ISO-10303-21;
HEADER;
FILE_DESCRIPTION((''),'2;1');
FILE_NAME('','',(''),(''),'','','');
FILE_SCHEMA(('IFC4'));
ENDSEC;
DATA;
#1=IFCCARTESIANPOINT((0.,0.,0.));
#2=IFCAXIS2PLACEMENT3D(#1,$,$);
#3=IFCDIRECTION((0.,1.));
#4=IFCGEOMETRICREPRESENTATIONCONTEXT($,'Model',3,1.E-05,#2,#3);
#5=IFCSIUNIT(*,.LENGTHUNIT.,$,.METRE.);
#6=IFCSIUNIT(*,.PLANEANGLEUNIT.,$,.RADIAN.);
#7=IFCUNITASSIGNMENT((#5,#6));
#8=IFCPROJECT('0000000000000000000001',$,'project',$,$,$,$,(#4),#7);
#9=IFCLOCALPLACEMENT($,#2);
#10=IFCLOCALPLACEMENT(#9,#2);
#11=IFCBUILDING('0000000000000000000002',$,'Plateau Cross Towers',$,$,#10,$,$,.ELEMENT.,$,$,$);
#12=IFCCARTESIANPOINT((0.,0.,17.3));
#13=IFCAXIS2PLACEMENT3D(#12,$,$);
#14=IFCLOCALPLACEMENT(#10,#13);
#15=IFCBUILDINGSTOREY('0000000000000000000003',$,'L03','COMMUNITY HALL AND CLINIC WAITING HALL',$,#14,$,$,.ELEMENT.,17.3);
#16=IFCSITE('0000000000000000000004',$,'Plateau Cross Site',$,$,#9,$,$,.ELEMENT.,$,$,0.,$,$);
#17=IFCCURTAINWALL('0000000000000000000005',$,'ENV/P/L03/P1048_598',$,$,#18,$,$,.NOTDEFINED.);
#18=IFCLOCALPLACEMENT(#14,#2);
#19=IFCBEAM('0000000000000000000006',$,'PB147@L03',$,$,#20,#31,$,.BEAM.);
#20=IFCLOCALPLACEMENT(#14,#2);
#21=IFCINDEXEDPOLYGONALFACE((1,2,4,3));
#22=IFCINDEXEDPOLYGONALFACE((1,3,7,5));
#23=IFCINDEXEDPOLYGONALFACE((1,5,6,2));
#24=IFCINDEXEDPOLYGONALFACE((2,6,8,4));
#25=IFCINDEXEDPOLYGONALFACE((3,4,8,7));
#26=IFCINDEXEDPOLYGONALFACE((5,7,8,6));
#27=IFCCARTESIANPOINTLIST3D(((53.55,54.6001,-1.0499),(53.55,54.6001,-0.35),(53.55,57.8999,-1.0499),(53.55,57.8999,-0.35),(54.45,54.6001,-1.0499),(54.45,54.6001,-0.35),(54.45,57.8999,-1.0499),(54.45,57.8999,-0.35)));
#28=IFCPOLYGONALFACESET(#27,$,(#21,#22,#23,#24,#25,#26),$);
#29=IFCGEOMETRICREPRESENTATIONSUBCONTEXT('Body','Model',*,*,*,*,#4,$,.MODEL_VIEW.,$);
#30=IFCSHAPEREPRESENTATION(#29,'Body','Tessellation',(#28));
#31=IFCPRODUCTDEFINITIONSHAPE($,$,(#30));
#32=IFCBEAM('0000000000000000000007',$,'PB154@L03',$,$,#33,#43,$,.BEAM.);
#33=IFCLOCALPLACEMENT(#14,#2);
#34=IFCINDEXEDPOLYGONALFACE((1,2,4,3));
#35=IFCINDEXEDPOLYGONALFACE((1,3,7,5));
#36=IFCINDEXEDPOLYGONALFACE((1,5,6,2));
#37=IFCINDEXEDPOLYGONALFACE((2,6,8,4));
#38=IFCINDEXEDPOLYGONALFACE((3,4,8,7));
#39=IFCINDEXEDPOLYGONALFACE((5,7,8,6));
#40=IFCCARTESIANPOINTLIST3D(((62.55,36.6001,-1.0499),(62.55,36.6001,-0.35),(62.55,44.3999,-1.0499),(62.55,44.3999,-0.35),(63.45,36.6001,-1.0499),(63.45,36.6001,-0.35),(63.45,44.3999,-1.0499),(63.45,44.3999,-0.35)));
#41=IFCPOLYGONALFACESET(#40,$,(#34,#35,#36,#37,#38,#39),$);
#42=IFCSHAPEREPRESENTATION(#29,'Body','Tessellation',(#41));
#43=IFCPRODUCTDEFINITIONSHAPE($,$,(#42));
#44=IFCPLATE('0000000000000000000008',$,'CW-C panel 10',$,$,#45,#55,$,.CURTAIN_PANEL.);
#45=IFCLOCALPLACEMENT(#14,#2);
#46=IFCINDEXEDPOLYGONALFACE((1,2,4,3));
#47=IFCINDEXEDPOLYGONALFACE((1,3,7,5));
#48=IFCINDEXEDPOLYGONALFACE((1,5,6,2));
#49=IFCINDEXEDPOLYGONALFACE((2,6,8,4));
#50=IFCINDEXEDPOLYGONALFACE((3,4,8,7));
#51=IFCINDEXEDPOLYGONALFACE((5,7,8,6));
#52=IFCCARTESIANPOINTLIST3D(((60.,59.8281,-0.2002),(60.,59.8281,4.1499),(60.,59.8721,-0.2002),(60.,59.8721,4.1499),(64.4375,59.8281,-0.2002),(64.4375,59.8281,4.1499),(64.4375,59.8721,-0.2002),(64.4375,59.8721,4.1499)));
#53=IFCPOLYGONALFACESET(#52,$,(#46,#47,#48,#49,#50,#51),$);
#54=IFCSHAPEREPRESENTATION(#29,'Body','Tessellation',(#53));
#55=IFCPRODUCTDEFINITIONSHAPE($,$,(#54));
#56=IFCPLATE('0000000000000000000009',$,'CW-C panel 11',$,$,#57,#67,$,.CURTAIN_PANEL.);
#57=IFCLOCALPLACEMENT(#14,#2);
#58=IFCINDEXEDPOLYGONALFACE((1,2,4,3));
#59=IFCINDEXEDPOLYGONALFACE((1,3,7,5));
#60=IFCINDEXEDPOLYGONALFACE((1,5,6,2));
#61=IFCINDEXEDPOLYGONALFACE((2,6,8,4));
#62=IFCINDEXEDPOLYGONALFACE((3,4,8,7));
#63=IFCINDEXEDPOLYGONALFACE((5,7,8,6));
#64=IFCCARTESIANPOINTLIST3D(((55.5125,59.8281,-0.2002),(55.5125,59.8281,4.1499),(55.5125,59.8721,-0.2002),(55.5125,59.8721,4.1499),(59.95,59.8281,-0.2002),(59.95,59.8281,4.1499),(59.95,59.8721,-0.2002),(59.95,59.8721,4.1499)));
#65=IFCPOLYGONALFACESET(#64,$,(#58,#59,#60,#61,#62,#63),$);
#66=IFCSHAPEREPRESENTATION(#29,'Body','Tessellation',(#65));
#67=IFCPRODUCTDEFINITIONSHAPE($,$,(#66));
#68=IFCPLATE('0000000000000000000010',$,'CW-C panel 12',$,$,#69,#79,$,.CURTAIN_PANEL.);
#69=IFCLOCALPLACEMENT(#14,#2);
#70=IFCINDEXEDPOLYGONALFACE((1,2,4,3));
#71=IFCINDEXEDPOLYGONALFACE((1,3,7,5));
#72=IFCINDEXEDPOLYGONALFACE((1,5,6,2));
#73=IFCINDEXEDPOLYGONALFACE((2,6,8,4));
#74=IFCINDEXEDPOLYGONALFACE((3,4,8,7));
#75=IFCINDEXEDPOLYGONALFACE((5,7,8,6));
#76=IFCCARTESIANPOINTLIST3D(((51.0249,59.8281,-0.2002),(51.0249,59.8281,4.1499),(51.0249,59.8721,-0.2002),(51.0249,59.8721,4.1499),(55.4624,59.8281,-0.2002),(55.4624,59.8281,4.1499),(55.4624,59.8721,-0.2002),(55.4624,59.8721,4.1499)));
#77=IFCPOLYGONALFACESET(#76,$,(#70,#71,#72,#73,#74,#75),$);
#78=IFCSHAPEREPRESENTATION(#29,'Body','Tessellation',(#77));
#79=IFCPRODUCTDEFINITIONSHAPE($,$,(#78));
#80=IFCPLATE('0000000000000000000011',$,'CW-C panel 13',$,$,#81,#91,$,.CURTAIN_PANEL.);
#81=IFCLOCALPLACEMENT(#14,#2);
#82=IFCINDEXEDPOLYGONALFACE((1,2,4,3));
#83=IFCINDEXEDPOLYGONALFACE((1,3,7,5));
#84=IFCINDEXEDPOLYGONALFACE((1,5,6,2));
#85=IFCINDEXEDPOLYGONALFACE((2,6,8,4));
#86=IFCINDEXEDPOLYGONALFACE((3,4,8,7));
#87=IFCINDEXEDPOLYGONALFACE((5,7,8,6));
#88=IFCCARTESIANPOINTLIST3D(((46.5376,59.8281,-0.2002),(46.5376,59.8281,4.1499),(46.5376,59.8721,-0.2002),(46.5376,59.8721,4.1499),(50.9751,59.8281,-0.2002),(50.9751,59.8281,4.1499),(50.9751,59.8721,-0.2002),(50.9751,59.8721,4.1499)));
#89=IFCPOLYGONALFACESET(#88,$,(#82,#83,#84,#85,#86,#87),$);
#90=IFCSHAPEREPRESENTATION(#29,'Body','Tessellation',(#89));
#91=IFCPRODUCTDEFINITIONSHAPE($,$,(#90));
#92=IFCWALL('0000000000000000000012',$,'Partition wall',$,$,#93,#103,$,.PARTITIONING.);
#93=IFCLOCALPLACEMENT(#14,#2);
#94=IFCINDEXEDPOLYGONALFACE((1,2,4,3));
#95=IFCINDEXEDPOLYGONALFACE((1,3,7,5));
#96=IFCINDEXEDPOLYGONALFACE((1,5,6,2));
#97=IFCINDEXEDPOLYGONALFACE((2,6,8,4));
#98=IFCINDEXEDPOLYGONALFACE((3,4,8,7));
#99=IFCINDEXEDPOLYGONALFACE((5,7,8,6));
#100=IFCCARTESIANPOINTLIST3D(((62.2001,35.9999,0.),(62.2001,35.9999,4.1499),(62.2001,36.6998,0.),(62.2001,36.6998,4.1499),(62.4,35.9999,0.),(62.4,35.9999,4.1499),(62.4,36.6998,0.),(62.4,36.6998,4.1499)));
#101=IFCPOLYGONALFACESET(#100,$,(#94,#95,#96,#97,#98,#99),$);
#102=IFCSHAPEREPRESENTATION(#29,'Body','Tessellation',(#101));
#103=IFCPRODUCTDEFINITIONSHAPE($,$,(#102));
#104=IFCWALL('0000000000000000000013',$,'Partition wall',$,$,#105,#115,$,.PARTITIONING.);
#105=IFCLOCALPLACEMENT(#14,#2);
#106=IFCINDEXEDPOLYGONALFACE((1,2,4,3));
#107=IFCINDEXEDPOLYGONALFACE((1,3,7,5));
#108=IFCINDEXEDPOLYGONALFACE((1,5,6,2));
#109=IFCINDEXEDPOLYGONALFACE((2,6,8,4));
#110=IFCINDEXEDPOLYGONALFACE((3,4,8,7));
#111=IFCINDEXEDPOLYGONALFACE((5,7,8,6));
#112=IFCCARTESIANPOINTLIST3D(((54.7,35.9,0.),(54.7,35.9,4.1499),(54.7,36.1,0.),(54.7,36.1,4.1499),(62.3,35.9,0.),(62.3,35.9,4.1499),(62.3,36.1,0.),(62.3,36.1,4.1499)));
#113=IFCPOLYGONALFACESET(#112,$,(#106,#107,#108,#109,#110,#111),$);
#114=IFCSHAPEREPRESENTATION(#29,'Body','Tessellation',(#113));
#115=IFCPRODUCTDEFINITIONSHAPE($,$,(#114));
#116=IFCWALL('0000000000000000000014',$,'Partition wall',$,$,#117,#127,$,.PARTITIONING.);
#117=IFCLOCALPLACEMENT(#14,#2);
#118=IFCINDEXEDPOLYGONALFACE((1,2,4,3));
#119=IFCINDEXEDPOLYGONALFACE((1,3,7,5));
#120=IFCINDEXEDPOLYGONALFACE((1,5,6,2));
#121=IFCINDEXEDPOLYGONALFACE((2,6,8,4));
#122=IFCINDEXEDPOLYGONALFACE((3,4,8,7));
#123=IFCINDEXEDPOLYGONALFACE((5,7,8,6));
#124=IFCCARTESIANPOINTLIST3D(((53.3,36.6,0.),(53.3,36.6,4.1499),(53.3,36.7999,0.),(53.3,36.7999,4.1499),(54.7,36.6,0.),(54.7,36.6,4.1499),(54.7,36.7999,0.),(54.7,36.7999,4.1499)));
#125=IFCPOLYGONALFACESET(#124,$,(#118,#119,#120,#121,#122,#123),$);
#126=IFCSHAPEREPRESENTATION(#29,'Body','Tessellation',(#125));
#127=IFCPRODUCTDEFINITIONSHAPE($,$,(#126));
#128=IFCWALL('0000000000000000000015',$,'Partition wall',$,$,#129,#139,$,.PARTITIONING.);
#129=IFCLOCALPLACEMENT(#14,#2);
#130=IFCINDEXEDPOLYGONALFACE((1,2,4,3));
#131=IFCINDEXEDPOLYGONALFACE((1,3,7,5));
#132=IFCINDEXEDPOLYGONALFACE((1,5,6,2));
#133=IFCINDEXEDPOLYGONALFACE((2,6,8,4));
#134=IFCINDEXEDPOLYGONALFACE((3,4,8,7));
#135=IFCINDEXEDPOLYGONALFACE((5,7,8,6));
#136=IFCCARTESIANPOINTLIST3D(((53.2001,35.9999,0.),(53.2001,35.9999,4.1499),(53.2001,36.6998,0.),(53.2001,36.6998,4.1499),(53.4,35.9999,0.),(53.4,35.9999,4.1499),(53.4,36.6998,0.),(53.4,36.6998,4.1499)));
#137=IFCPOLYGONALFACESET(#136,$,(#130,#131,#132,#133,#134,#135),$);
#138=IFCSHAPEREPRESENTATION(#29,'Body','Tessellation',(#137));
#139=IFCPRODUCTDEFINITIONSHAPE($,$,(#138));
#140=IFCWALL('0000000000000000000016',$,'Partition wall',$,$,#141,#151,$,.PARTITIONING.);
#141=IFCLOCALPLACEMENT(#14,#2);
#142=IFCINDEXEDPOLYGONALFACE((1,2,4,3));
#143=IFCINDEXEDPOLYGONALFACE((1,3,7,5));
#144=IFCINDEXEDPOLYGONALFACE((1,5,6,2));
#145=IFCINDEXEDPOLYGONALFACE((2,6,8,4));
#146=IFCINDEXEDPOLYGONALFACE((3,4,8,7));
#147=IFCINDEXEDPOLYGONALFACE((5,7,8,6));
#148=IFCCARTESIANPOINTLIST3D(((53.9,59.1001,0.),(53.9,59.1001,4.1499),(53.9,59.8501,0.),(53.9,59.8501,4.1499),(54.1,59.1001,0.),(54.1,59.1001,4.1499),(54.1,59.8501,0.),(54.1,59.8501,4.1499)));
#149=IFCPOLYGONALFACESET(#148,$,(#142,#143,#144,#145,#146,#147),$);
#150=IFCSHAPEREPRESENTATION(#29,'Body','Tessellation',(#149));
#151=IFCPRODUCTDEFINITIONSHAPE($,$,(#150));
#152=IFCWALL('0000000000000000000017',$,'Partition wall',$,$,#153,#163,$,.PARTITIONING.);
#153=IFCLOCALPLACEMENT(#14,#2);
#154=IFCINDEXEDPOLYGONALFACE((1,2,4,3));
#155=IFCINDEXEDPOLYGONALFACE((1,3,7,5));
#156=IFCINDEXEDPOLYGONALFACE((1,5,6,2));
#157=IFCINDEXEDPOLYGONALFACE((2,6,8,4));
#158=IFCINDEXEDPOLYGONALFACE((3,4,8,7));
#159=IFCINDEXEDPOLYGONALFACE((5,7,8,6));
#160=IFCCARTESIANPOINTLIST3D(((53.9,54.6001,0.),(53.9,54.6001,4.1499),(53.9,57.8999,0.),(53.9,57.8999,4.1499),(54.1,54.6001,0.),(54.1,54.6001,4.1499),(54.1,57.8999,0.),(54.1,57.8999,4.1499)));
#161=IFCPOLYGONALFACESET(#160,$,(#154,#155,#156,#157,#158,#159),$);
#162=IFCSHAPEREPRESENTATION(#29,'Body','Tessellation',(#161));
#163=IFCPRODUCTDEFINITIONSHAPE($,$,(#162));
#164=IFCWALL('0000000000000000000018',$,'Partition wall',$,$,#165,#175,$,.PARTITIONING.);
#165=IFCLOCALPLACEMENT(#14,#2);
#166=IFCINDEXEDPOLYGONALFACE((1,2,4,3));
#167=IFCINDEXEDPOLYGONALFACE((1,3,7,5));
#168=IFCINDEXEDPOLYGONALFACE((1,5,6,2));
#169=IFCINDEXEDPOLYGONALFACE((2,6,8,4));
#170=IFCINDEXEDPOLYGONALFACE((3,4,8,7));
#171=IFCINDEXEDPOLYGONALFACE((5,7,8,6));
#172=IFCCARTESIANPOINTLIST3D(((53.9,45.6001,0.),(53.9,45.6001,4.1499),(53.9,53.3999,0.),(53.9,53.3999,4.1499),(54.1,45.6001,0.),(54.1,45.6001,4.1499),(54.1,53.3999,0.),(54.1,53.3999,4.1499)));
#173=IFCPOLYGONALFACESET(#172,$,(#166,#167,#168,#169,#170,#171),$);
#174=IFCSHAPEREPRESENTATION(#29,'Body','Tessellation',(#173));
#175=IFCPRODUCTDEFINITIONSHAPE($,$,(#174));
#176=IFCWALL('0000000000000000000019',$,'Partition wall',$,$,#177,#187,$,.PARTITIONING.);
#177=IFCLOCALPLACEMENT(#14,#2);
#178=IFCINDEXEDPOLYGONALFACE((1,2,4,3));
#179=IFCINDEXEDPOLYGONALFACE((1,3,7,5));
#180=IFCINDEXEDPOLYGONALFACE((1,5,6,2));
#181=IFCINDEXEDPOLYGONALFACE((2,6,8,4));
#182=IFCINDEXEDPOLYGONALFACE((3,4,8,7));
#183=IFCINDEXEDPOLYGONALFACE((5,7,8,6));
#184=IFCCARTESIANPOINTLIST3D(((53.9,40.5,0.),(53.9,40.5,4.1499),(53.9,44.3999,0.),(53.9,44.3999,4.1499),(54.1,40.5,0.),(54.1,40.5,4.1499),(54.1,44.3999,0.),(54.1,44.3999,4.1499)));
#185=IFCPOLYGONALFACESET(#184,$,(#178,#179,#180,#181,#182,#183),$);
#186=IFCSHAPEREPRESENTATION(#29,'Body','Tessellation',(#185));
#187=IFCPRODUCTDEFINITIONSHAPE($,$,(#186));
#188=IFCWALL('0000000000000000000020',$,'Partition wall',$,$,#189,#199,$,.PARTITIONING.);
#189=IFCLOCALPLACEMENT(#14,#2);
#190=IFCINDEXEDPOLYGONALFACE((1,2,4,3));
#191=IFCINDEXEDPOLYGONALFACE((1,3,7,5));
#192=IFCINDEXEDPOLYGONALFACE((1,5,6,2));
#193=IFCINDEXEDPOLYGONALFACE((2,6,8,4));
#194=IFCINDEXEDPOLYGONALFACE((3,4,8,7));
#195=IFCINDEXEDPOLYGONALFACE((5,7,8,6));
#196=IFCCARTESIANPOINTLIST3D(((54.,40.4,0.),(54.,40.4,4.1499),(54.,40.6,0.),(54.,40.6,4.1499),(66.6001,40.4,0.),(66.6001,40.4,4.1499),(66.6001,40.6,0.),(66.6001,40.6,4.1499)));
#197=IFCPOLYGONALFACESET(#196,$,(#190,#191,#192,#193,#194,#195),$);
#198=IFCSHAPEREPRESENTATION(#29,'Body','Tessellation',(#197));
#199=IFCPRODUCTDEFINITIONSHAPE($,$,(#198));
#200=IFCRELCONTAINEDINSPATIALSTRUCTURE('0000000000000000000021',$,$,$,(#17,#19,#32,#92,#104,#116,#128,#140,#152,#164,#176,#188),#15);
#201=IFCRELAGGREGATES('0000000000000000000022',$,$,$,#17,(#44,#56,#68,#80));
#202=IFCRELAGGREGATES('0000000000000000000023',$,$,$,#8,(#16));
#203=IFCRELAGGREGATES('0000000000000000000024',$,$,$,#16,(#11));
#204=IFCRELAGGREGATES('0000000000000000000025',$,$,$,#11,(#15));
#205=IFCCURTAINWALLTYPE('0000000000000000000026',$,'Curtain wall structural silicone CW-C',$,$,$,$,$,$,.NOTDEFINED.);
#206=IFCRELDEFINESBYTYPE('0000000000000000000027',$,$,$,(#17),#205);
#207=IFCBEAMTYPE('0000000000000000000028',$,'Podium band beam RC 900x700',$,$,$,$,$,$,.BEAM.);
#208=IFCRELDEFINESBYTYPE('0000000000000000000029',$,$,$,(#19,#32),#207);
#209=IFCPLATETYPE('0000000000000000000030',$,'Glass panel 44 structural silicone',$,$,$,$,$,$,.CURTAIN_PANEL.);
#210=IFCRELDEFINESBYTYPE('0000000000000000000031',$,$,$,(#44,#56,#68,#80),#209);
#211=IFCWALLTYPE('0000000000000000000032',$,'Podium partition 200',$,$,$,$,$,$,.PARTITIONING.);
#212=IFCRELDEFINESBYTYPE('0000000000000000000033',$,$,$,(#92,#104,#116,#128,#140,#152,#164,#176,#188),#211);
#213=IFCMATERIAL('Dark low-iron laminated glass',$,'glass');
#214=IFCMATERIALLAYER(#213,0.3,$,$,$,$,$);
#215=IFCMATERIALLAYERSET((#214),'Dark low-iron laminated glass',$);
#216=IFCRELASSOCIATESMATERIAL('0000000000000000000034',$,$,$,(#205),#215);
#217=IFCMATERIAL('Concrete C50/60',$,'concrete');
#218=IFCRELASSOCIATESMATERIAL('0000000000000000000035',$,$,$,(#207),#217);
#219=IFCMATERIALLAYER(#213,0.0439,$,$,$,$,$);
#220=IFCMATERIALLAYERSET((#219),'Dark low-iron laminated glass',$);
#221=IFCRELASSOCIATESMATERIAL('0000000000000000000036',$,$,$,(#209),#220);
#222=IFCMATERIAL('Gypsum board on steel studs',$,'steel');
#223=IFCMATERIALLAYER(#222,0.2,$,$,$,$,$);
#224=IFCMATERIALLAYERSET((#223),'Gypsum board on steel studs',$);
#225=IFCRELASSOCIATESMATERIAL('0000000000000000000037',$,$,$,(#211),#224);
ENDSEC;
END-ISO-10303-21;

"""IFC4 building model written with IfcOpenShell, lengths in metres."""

from ifc_helpers import new_model, si_unit, direction, frame, frame_2d, origin, origin_2d, place, context, subcontext, project, spatial, rectangle, extrude, material, layer, layer_set, material_profile, profile_set, type_object, element, aggregate, save


model = new_model("IFC4")

# Units and contexts
model_context = context("Model", 3, precision=1e-05, world=origin(), true_north=direction((0.0, 1.0)))
body_context = subcontext(model_context, "Body", "Model", "MODEL_VIEW")
ifc_project = project(units=[si_unit("LENGTHUNIT", "METRE"), si_unit("PLANEANGLEUNIT", "RADIAN")], contexts=[model_context])

# Site, building, storey
site_placement = place(None, origin())
site = spatial("IfcSite", under=ifc_project, at=site_placement, Name="Plateau Cross Site", CompositionType="ELEMENT", RefElevation=0.0)
building_placement = place(site_placement, origin())
building = spatial("IfcBuilding", under=site, at=building_placement, Name="Plateau Cross Towers", CompositionType="ELEMENT")
storey_placement = place(building_placement, frame((0.0, 0.0, 17.3)))
storey = spatial("IfcBuildingStorey", under=building, at=storey_placement, Name="L03", Description="COMMUNITY HALL AND CLINIC WAITING HALL", CompositionType="ELEMENT", Elevation=17.3)

# Curtain wall
ifc_material_1 = material(Name="Dark low-iron laminated glass", Category="glass")
ifc_layer_1 = layer(ifc_material_1, 0.3)
ifc_layer_set_1 = layer_set([ifc_layer_1], Name="Dark low-iron laminated glass")
curtain_wall_type = type_object("IfcCurtainWallType", Name="Curtain wall structural silicone CW-C", PredefinedType="NOTDEFINED", material=ifc_layer_set_1)
curtain_wall_placement = place(storey_placement, origin())
curtain_wall = element("IfcCurtainWall", 1, at=curtain_wall_placement, inside=storey, type_object=curtain_wall_type, Name="ENV/P/L03/P1048_598", PredefinedType="NOTDEFINED")

# Beams
ifc_material_2 = material(Name="Concrete C50/60", Category="concrete")
ifc_material_profile_1 = material_profile(ifc_material_2, rectangle(XDim=0.8999, YDim=0.7, at=origin_2d()), Name="RC 900x700")
ifc_profile_set_1 = profile_set([ifc_material_profile_1], Name="Concrete C50/60")
beam_type = type_object("IfcBeamType", Name="Podium band beam RC 900x700", PredefinedType="BEAM", material=ifc_profile_set_1)
beam_1_placement = place(storey_placement, frame((54.0, 54.6001, -0.7), z_axis=(0.0, 1.0, 0.0), x_axis=(-1.0, 0.0, 0.0)))
element("IfcBeam", 2, at=beam_1_placement, inside=storey, type_object=beam_type, Name="PB147@L03", PredefinedType="BEAM", context=body_context, shape_type="SweptSolid", body=[
    extrude(rectangle(XDim=0.8999, YDim=0.7, at=origin_2d()), origin(), (0.0, 0.0, 1.0), 3.2998),
])
beam_2_placement = place(storey_placement, frame((63.0, 36.6001, -0.7), z_axis=(0.0, 1.0, 0.0), x_axis=(-1.0, 0.0, 0.0)))
element("IfcBeam", 3, at=beam_2_placement, inside=storey, type_object=beam_type, Name="PB154@L03", PredefinedType="BEAM", context=body_context, shape_type="SweptSolid", body=[
    extrude(rectangle(XDim=0.8999, YDim=0.7, at=origin_2d()), origin(), (0.0, 0.0, 1.0), 7.7998),
])

# Plates
ifc_layer_2 = layer(ifc_material_1, 0.0439)
ifc_layer_set_2 = layer_set([ifc_layer_2], Name="Dark low-iron laminated glass")
plate_type = type_object("IfcPlateType", Name="Glass panel 44 structural silicone", PredefinedType="CURTAIN_PANEL", material=ifc_layer_set_2)
plate_1_placement = place(storey_placement, frame((62.2188, 59.8501, -0.2002), z_axis=(0.0, 0.0, 1.0), x_axis=(-1.0, 0.0, 0.0)))
plate_1 = element("IfcPlate", 4, at=plate_1_placement, type_object=plate_type, Name="CW-C panel 10", PredefinedType="CURTAIN_PANEL", context=body_context, shape_type="SweptSolid", body=[
    extrude(rectangle(XDim=4.4375, YDim=0.0439, at=origin_2d()), origin(), (0.0, 0.0, 1.0), 4.3501),
])
plate_2_placement = place(storey_placement, frame((57.7312, 59.8501, -0.2002), z_axis=(0.0, 0.0, 1.0), x_axis=(-1.0, 0.0, 0.0)))
plate_2 = element("IfcPlate", 5, at=plate_2_placement, type_object=plate_type, Name="CW-C panel 11", PredefinedType="CURTAIN_PANEL", context=body_context, shape_type="SweptSolid", body=[
    extrude(rectangle(XDim=4.4375, YDim=0.0439, at=origin_2d()), origin(), (0.0, 0.0, 1.0), 4.3501),
])
plate_3_placement = place(storey_placement, frame((53.2437, 59.8501, -0.2002), z_axis=(0.0, 0.0, 1.0), x_axis=(-1.0, 0.0, 0.0)))
plate_3 = element("IfcPlate", 6, at=plate_3_placement, type_object=plate_type, Name="CW-C panel 12", PredefinedType="CURTAIN_PANEL", context=body_context, shape_type="SweptSolid", body=[
    extrude(rectangle(XDim=4.4375, YDim=0.0439, at=origin_2d()), origin(), (0.0, 0.0, 1.0), 4.3501),
])
plate_4_placement = place(storey_placement, frame((48.7563, 59.8501, -0.2002), z_axis=(0.0, 0.0, 1.0), x_axis=(-1.0, 0.0, 0.0)))
plate_4 = element("IfcPlate", 7, at=plate_4_placement, type_object=plate_type, Name="CW-C panel 13", PredefinedType="CURTAIN_PANEL", context=body_context, shape_type="SweptSolid", body=[
    extrude(rectangle(XDim=4.4375, YDim=0.0439, at=origin_2d()), origin(), (0.0, 0.0, 1.0), 4.3501),
])
aggregate(curtain_wall, [plate_1, plate_2, plate_3, plate_4])

# Walls
ifc_material_3 = material(Name="Gypsum board on steel studs", Category="steel")
ifc_layer_3 = layer(ifc_material_3, 0.2)
ifc_layer_set_3 = layer_set([ifc_layer_3], Name="Gypsum board on steel studs")
wall_type = type_object("IfcWallType", Name="Podium partition 200", PredefinedType="PARTITIONING", material=ifc_layer_set_3)
wall_1_placement = place(storey_placement, frame((62.3, 36.7, 0.0), z_axis=(0.0, 0.0, 1.0), x_axis=(0.0, -1.0, 0.0)))
element("IfcWall", 8, at=wall_1_placement, inside=storey, type_object=wall_type, Name="Partition wall", PredefinedType="PARTITIONING", context=body_context, shape_type="SweptSolid", body=[
    extrude(rectangle(XDim=0.7, YDim=0.2, at=frame_2d((0.3501, 0.0))), origin(), (0.0, 0.0, 1.0), 4.1499),
])
wall_2_placement = place(storey_placement, frame((62.3, 36.0, 0.0), z_axis=(0.0, 0.0, 1.0), x_axis=(-1.0, 0.0, 0.0)))
element("IfcWall", 9, at=wall_2_placement, inside=storey, type_object=wall_type, Name="Partition wall", PredefinedType="PARTITIONING", context=body_context, shape_type="SweptSolid", body=[
    extrude(rectangle(XDim=7.6001, YDim=0.2, at=frame_2d((3.8, 0.0))), origin(), (0.0, 0.0, 1.0), 4.1499),
])
wall_3_placement = place(storey_placement, frame((54.7, 36.7, 0.0), z_axis=(0.0, 0.0, 1.0), x_axis=(-1.0, 0.0, 0.0)))
element("IfcWall", 10, at=wall_3_placement, inside=storey, type_object=wall_type, Name="Partition wall", PredefinedType="PARTITIONING", context=body_context, shape_type="SweptSolid", body=[
    extrude(rectangle(XDim=1.3999, YDim=0.2, at=frame_2d((0.7, 0.0))), origin(), (0.0, 0.0, 1.0), 4.1499),
])
wall_4_placement = place(storey_placement, frame((53.3, 36.7, 0.0), z_axis=(0.0, 0.0, 1.0), x_axis=(0.0, -1.0, 0.0)))
element("IfcWall", 11, at=wall_4_placement, inside=storey, type_object=wall_type, Name="Partition wall", PredefinedType="PARTITIONING", context=body_context, shape_type="SweptSolid", body=[
    extrude(rectangle(XDim=0.7, YDim=0.2, at=frame_2d((0.3501, 0.0))), origin(), (0.0, 0.0, 1.0), 4.1499),
])
wall_5_placement = place(storey_placement, frame((54.0, 59.8501, 0.0), z_axis=(0.0, 0.0, 1.0), x_axis=(0.0, -1.0, 0.0)))
element("IfcWall", 12, at=wall_5_placement, inside=storey, type_object=wall_type, Name="Partition wall", PredefinedType="PARTITIONING", context=body_context, shape_type="SweptSolid", body=[
    extrude(rectangle(XDim=0.75, YDim=0.2, at=frame_2d((0.375, 0.0))), origin(), (0.0, 0.0, 1.0), 4.1499),
])
wall_6_placement = place(storey_placement, frame((54.0, 57.8999, 0.0), z_axis=(0.0, 0.0, 1.0), x_axis=(0.0, -1.0, 0.0)))
element("IfcWall", 13, at=wall_6_placement, inside=storey, type_object=wall_type, Name="Partition wall", PredefinedType="PARTITIONING", context=body_context, shape_type="SweptSolid", body=[
    extrude(rectangle(XDim=3.2998, YDim=0.2, at=frame_2d((1.6499, 0.0))), origin(), (0.0, 0.0, 1.0), 4.1499),
])
wall_7_placement = place(storey_placement, frame((54.0, 53.3999, 0.0), z_axis=(0.0, 0.0, 1.0), x_axis=(0.0, -1.0, 0.0)))
element("IfcWall", 14, at=wall_7_placement, inside=storey, type_object=wall_type, Name="Partition wall", PredefinedType="PARTITIONING", context=body_context, shape_type="SweptSolid", body=[
    extrude(rectangle(XDim=7.7998, YDim=0.2, at=frame_2d((3.8999, 0.0))), origin(), (0.0, 0.0, 1.0), 4.1499),
])
wall_8_placement = place(storey_placement, frame((54.0, 44.3999, 0.0), z_axis=(0.0, 0.0, 1.0), x_axis=(0.0, -1.0, 0.0)))
element("IfcWall", 15, at=wall_8_placement, inside=storey, type_object=wall_type, Name="Partition wall", PredefinedType="PARTITIONING", context=body_context, shape_type="SweptSolid", body=[
    extrude(rectangle(XDim=3.8999, YDim=0.2, at=frame_2d((1.95, 0.0))), origin(), (0.0, 0.0, 1.0), 4.1499),
])
wall_9_placement = place(storey_placement, frame((54.0, 40.5, 0.0), z_axis=(0.0, 0.0, 1.0), x_axis=(1.0, 0.0, 0.0)))
element("IfcWall", 16, at=wall_9_placement, inside=storey, type_object=wall_type, Name="Partition wall", PredefinedType="PARTITIONING", context=body_context, shape_type="SweptSolid", body=[
    extrude(rectangle(XDim=12.6001, YDim=0.2, at=frame_2d((6.3, 0.0))), origin(), (0.0, 0.0, 1.0), 4.1499),
])

save(model, "model.ifc")
